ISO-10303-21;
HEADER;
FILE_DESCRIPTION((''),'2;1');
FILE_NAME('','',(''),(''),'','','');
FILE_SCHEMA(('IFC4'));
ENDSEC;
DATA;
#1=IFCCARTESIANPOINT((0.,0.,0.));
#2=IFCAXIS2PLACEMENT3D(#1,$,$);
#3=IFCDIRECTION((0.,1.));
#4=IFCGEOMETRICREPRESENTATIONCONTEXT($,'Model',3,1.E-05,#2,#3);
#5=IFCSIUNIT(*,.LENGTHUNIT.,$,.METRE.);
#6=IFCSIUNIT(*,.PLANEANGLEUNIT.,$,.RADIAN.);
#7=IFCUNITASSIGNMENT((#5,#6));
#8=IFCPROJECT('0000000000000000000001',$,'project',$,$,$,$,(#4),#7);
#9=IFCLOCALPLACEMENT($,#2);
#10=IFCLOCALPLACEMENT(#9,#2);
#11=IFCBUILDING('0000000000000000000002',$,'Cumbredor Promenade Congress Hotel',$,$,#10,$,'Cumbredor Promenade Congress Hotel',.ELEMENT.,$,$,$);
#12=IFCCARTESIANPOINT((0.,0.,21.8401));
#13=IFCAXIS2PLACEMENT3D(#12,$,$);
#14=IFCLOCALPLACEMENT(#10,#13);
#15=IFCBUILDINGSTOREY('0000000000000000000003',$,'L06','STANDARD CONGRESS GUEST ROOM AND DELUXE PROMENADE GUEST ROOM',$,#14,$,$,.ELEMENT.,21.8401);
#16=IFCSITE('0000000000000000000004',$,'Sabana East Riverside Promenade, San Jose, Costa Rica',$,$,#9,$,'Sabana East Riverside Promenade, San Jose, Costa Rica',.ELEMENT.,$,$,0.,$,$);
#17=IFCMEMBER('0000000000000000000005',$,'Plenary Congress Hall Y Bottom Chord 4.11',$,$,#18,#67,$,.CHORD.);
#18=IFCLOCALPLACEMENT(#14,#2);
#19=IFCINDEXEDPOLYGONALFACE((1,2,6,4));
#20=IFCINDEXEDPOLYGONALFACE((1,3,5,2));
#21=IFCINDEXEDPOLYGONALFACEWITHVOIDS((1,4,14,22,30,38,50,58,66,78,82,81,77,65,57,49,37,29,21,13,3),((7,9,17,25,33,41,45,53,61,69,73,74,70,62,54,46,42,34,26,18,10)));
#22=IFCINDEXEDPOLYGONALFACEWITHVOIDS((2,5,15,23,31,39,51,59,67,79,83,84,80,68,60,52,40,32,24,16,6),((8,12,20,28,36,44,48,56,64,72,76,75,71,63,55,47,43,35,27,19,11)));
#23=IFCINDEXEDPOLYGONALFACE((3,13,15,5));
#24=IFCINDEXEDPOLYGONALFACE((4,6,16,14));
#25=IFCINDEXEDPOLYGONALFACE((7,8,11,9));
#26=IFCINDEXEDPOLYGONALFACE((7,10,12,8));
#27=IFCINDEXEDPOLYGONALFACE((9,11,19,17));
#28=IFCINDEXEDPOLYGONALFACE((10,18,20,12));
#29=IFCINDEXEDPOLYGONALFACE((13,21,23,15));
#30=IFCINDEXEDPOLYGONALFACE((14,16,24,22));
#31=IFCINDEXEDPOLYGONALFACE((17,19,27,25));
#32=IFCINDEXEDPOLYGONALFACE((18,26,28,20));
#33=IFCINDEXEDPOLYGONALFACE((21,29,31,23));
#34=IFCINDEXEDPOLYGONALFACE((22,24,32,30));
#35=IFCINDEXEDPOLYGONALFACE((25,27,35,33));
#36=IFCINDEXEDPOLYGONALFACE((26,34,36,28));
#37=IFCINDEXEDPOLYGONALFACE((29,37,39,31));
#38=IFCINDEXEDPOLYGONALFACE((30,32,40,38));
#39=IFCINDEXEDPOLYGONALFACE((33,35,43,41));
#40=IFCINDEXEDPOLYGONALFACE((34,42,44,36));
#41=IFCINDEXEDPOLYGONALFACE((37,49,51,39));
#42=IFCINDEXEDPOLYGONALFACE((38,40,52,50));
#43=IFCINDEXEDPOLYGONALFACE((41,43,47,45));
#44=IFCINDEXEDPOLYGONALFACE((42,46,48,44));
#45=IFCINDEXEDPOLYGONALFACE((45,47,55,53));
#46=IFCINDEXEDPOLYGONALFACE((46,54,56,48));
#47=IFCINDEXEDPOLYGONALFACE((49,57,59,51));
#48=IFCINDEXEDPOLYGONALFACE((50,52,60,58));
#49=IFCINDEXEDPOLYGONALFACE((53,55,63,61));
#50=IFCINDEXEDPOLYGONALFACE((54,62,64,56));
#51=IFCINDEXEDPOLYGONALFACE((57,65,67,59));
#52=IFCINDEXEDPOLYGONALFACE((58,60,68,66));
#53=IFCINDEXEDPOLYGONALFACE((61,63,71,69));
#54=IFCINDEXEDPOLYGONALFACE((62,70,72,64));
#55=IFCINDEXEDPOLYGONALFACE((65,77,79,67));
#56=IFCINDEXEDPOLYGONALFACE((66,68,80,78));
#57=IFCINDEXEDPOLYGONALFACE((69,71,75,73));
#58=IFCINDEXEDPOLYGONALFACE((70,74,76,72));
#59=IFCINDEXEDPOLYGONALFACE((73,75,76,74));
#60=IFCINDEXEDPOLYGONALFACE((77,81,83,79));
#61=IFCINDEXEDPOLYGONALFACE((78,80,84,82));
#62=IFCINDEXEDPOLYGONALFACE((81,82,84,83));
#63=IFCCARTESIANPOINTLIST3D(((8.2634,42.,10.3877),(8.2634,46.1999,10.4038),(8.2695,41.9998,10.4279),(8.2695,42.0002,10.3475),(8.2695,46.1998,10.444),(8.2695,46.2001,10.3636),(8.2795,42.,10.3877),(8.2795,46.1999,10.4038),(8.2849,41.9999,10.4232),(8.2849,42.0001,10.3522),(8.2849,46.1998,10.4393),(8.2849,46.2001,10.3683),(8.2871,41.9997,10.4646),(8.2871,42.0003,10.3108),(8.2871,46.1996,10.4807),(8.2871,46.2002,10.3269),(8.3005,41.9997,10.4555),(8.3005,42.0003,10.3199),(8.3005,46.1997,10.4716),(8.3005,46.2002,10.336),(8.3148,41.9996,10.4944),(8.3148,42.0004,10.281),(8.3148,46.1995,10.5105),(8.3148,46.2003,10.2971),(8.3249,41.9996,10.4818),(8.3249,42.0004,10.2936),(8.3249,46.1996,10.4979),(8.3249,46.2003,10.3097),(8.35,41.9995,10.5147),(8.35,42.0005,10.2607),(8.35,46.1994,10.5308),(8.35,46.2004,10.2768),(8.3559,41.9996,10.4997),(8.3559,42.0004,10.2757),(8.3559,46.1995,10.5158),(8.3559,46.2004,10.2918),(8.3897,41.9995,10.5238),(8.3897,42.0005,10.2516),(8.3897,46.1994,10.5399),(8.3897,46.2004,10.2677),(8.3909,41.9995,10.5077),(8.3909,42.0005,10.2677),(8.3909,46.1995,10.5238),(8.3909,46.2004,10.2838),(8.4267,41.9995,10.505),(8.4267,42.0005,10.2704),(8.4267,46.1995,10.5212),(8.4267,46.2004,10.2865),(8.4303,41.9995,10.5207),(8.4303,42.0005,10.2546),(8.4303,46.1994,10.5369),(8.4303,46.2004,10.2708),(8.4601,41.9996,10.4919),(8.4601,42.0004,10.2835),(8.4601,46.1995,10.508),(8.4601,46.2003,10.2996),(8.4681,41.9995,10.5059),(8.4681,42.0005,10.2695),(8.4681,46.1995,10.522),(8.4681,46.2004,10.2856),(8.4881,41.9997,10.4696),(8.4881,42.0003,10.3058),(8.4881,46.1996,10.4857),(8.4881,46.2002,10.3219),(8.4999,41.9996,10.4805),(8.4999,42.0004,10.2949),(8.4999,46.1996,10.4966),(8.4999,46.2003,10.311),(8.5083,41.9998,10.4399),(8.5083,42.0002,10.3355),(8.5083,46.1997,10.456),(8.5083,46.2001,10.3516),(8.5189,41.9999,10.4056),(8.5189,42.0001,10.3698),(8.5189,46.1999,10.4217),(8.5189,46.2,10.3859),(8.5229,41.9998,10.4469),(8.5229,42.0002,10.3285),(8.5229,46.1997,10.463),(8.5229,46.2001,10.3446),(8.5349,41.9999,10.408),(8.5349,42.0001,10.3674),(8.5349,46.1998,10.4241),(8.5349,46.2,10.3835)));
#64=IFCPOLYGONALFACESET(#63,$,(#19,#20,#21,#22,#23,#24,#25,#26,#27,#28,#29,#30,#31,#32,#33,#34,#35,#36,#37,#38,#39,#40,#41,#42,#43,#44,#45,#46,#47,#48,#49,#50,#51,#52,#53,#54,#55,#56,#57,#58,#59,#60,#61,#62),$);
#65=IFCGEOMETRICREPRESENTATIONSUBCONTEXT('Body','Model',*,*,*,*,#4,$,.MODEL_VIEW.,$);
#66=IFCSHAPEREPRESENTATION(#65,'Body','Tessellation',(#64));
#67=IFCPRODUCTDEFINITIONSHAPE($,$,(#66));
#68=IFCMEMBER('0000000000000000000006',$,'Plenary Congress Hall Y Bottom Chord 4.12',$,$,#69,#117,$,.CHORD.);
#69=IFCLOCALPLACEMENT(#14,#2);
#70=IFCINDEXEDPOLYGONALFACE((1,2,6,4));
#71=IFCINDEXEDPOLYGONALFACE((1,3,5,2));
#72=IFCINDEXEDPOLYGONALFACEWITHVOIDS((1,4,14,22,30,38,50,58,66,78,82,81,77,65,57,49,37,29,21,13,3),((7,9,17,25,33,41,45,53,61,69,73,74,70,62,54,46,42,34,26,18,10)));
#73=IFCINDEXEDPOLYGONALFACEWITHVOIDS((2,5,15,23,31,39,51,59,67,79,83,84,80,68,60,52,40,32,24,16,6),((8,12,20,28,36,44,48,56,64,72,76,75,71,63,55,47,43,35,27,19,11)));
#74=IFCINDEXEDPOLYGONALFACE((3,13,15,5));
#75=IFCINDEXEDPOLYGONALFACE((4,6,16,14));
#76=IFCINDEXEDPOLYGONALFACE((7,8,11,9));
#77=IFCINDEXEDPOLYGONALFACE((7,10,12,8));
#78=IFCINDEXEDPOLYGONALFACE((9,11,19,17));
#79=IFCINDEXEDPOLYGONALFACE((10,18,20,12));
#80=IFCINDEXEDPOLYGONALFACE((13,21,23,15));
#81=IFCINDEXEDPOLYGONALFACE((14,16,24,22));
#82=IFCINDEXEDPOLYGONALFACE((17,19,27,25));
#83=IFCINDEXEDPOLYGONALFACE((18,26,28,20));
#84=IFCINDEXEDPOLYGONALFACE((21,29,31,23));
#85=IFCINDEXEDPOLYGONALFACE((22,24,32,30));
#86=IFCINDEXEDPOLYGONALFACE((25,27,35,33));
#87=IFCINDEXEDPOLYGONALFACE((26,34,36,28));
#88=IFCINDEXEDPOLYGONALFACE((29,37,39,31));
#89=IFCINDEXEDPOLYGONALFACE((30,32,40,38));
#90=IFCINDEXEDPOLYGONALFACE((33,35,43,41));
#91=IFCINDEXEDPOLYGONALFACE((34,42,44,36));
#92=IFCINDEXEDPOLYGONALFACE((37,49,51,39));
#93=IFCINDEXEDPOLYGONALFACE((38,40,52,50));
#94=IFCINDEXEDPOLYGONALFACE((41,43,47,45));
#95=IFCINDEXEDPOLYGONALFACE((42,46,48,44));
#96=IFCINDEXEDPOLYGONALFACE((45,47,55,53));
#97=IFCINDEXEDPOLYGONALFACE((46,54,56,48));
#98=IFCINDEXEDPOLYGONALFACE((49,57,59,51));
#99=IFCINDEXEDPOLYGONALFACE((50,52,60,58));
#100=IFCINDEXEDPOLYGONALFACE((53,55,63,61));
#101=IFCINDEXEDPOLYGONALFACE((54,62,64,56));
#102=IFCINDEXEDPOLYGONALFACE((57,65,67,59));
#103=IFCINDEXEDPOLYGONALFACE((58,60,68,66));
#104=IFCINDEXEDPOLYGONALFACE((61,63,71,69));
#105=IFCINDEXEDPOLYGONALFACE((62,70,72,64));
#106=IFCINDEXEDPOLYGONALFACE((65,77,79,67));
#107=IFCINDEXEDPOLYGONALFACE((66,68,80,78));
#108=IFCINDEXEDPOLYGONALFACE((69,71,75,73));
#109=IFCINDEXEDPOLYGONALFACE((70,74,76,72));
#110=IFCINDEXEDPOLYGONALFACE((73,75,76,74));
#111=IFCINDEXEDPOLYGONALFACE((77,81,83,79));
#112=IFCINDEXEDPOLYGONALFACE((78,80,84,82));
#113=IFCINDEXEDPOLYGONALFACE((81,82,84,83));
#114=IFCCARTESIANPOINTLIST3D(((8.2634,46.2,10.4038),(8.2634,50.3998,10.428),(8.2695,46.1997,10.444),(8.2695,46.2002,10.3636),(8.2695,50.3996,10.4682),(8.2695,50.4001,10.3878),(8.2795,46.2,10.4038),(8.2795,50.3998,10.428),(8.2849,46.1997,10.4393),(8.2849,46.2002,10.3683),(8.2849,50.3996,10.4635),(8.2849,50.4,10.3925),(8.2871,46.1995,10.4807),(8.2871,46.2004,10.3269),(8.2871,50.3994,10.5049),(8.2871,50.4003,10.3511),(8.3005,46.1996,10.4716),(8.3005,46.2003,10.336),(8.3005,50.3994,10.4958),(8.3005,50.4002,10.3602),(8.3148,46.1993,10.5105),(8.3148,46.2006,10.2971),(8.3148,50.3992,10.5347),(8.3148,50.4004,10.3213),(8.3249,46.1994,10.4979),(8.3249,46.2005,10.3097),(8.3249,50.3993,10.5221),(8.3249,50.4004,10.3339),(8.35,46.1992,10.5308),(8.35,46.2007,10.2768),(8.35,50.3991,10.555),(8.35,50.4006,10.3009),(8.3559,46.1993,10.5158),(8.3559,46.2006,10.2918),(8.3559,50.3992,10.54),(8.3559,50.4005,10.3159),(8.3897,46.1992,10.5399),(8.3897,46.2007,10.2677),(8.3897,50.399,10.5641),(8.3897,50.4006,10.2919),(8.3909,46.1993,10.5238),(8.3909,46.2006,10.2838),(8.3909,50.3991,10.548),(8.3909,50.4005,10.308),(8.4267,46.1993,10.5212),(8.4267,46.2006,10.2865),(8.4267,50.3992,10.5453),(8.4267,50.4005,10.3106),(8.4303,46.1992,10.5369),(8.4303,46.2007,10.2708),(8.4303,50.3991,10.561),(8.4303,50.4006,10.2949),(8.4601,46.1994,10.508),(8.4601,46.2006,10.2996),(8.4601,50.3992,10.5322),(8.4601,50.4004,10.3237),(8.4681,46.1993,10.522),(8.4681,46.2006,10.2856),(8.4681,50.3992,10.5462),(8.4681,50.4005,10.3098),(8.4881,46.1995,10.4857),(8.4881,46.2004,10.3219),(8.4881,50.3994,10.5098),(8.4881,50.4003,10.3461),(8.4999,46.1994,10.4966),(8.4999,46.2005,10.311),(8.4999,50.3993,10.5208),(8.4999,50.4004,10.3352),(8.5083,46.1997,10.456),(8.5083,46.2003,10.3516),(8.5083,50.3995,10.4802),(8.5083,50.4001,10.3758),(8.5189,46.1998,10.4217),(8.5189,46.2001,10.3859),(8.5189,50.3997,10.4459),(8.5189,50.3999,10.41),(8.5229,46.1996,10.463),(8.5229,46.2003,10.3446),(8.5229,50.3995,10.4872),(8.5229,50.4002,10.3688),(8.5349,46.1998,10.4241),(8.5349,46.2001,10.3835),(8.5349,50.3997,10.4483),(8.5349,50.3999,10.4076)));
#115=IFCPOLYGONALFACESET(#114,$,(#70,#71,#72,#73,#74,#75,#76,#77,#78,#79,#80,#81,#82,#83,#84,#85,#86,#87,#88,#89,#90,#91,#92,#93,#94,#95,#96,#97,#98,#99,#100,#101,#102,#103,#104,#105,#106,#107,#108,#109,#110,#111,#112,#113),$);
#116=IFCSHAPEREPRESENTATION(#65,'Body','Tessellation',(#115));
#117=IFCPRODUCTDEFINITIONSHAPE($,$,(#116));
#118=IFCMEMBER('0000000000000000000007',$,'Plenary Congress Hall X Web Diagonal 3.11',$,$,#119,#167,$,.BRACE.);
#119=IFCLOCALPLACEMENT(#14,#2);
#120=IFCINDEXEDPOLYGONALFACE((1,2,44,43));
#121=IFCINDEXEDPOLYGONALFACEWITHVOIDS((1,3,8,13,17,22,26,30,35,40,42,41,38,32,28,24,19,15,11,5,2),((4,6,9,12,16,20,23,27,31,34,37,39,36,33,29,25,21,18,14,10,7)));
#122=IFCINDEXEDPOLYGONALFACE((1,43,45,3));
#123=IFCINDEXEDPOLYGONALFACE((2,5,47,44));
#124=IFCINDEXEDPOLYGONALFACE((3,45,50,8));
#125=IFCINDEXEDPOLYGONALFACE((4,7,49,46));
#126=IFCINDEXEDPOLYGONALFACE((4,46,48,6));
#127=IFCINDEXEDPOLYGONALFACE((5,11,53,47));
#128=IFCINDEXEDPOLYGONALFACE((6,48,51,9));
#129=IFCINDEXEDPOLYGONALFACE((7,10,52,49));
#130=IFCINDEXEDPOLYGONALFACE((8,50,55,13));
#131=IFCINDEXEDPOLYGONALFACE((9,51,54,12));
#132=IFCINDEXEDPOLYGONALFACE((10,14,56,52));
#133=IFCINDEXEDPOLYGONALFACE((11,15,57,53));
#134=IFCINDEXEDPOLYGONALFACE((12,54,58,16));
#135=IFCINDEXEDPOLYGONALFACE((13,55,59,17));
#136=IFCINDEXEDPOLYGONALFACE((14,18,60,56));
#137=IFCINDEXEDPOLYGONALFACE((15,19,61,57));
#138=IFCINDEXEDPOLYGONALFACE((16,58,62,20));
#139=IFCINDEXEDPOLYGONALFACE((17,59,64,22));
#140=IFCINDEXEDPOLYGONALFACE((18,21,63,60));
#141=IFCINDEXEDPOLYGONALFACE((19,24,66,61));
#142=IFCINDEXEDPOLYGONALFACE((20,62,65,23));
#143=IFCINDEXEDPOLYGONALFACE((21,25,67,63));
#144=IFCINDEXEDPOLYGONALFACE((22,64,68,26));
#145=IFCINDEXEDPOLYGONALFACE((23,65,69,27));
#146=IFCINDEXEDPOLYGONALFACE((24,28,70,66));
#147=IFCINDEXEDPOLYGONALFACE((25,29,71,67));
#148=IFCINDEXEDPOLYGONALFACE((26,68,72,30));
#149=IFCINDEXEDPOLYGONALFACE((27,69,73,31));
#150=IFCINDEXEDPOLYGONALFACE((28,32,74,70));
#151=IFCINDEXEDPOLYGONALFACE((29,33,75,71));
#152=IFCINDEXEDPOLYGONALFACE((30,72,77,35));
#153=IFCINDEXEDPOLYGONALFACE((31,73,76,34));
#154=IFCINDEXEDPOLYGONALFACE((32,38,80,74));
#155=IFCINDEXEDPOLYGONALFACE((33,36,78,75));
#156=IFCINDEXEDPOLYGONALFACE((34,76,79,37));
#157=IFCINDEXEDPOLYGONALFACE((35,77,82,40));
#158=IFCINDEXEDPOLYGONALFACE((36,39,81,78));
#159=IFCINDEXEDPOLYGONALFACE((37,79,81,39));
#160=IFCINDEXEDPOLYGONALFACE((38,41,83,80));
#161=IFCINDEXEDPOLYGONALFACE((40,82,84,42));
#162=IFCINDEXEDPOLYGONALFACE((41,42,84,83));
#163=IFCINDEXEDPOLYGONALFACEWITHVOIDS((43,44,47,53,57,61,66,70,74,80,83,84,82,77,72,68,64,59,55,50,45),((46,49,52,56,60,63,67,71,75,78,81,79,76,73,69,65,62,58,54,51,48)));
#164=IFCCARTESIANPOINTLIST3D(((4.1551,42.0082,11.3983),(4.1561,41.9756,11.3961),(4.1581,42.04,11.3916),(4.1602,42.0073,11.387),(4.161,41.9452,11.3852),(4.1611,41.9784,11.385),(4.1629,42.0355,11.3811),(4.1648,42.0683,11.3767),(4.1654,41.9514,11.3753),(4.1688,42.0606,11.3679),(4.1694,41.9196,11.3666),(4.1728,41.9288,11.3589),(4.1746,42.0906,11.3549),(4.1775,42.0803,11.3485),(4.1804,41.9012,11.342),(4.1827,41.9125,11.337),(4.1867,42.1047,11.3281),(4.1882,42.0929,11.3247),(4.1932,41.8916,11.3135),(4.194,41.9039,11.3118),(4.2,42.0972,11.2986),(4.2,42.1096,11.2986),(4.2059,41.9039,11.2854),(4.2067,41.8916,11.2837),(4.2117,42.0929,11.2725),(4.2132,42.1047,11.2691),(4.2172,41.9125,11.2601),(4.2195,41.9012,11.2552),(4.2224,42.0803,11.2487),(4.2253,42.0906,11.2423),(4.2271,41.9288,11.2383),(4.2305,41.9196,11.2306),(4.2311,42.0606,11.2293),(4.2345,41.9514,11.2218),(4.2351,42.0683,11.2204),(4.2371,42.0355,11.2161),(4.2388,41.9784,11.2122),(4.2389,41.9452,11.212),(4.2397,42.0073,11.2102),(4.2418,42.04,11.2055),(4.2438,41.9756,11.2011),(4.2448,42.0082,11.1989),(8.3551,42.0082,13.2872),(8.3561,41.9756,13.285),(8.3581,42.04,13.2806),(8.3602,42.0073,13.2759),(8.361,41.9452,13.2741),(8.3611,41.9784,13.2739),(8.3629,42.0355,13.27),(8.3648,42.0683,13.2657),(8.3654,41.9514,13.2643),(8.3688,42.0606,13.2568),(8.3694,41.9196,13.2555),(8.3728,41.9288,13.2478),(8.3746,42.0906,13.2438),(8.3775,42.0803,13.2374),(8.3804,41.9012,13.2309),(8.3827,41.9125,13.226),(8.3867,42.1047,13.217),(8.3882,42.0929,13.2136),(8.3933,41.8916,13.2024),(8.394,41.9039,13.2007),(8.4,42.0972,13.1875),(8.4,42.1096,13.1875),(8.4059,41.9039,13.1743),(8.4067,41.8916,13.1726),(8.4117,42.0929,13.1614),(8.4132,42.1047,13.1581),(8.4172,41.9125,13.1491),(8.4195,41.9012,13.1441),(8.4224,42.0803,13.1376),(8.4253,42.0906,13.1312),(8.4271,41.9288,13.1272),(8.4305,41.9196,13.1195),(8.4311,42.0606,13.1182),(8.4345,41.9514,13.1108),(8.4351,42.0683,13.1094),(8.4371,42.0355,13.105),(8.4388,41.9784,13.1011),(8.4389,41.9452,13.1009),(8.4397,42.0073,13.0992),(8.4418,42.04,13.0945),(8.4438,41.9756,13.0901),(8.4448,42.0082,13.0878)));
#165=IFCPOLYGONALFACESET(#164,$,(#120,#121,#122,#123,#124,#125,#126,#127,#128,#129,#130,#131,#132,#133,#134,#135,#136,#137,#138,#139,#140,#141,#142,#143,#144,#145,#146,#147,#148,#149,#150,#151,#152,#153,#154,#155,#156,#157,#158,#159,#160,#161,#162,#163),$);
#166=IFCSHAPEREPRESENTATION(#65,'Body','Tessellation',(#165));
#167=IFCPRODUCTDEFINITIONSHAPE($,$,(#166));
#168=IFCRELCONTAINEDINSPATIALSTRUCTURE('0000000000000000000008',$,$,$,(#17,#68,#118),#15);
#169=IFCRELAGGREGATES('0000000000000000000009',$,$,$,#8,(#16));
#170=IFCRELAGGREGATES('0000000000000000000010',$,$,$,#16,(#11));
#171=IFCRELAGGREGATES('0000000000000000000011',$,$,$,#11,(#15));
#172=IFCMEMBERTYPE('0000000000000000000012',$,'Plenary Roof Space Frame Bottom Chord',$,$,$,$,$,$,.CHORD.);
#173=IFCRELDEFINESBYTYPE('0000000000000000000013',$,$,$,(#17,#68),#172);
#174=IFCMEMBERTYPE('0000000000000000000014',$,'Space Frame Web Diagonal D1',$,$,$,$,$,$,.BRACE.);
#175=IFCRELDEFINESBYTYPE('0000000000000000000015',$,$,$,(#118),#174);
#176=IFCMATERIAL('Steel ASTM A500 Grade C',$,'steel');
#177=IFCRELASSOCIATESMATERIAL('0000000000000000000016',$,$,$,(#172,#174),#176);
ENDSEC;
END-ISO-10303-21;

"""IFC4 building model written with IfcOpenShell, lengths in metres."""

from ifc_helpers import new_model, si_unit, direction, frame, origin, origin_2d, place, context, subcontext, project, spatial, hollow_circle, extrude, material, material_profile, profile_set, type_object, element, save


model = new_model("IFC4")

# Units and contexts
model_context = context("Model", 3, precision=1e-05, world=origin(), true_north=direction((0.0, 1.0)))
body_context = subcontext(model_context, "Body", "Model", "MODEL_VIEW")
ifc_project = project(units=[si_unit("LENGTHUNIT", "METRE"), si_unit("PLANEANGLEUNIT", "RADIAN")], contexts=[model_context])

# Site, building, storey
site_placement = place(None, origin())
site = spatial("IfcSite", under=ifc_project, at=site_placement, Name="Sabana East Riverside Promenade, San Jose, Costa Rica", LongName="Sabana East Riverside Promenade, San Jose, Costa Rica", CompositionType="ELEMENT", RefElevation=0.0)
building_placement = place(site_placement, origin())
building = spatial("IfcBuilding", under=site, at=building_placement, Name="Cumbredor Promenade Congress Hotel", LongName="Cumbredor Promenade Congress Hotel", CompositionType="ELEMENT")
storey_placement = place(building_placement, frame((0.0, 0.0, 21.8401)))
storey = spatial("IfcBuildingStorey", under=building, at=storey_placement, Name="L06", Description="STANDARD CONGRESS GUEST ROOM AND DELUXE PROMENADE GUEST ROOM", CompositionType="ELEMENT", Elevation=21.8401)

# Members
ifc_material_1 = material(Name="Steel ASTM A500 Grade C", Category="steel")
ifc_material_profile_1 = material_profile(ifc_material_1, hollow_circle(Radius=0.1365, WallThickness=0.0161, at=origin_2d()), Name="CHS 273.0x16")
ifc_profile_set_1 = profile_set([ifc_material_profile_1], Name="Steel ASTM A500 Grade C")
member_type_1 = type_object("IfcMemberType", Name="Plenary Roof Space Frame Bottom Chord", PredefinedType="CHORD", material=ifc_profile_set_1)
for number, where, z_axis, x_axis, name in (
    (1, (8.3999, 42.0, 10.3877), (0.0, 0.999993, 0.003837), (-1.0, 0.0, 0.0), "Plenary Congress Hall Y Bottom Chord 4.11"),
    (2, (8.3999, 46.2, 10.4038), (0.0, 0.999983, 0.005755), (-1.0, 0.0, 0.0), "Plenary Congress Hall Y Bottom Chord 4.12"),
):
    element("IfcMember", number, at=place(storey_placement, frame(where, z_axis=z_axis, x_axis=x_axis)), inside=storey, type_object=member_type_1, Name=name, PredefinedType="CHORD", context=body_context, shape_type="SweptSolid", body=[
        extrude(hollow_circle(Radius=0.1365, WallThickness=0.0161, at=origin_2d()), origin(), (0.0, 0.0, 1.0), 4.2),
    ])
ifc_material_profile_2 = material_profile(ifc_material_1, hollow_circle(Radius=0.1096, WallThickness=0.0125, at=origin_2d()), Name="CHS 219.1x12.5")
ifc_profile_set_2 = profile_set([ifc_material_profile_2], Name="Steel ASTM A500 Grade C")
member_type_2 = type_object("IfcMemberType", Name="Space Frame Web Diagonal D1", PredefinedType="BRACE", material=ifc_profile_set_2)
member_1_placement = place(storey_placement, frame((4.2, 42.0, 11.2986), z_axis=(0.912008, 0.0, 0.410173), x_axis=(0.0, 1.0, 0.0)))
element("IfcMember", 3, at=member_1_placement, inside=storey, type_object=member_type_2, Name="Plenary Congress Hall X Web Diagonal 3.11", PredefinedType="BRACE", context=body_context, shape_type="SweptSolid", body=[
    extrude(hollow_circle(Radius=0.1096, WallThickness=0.0125, at=origin_2d()), origin(), (0.0, 0.0, 1.0), 4.6052),
])

save(model, "model.ifc")
